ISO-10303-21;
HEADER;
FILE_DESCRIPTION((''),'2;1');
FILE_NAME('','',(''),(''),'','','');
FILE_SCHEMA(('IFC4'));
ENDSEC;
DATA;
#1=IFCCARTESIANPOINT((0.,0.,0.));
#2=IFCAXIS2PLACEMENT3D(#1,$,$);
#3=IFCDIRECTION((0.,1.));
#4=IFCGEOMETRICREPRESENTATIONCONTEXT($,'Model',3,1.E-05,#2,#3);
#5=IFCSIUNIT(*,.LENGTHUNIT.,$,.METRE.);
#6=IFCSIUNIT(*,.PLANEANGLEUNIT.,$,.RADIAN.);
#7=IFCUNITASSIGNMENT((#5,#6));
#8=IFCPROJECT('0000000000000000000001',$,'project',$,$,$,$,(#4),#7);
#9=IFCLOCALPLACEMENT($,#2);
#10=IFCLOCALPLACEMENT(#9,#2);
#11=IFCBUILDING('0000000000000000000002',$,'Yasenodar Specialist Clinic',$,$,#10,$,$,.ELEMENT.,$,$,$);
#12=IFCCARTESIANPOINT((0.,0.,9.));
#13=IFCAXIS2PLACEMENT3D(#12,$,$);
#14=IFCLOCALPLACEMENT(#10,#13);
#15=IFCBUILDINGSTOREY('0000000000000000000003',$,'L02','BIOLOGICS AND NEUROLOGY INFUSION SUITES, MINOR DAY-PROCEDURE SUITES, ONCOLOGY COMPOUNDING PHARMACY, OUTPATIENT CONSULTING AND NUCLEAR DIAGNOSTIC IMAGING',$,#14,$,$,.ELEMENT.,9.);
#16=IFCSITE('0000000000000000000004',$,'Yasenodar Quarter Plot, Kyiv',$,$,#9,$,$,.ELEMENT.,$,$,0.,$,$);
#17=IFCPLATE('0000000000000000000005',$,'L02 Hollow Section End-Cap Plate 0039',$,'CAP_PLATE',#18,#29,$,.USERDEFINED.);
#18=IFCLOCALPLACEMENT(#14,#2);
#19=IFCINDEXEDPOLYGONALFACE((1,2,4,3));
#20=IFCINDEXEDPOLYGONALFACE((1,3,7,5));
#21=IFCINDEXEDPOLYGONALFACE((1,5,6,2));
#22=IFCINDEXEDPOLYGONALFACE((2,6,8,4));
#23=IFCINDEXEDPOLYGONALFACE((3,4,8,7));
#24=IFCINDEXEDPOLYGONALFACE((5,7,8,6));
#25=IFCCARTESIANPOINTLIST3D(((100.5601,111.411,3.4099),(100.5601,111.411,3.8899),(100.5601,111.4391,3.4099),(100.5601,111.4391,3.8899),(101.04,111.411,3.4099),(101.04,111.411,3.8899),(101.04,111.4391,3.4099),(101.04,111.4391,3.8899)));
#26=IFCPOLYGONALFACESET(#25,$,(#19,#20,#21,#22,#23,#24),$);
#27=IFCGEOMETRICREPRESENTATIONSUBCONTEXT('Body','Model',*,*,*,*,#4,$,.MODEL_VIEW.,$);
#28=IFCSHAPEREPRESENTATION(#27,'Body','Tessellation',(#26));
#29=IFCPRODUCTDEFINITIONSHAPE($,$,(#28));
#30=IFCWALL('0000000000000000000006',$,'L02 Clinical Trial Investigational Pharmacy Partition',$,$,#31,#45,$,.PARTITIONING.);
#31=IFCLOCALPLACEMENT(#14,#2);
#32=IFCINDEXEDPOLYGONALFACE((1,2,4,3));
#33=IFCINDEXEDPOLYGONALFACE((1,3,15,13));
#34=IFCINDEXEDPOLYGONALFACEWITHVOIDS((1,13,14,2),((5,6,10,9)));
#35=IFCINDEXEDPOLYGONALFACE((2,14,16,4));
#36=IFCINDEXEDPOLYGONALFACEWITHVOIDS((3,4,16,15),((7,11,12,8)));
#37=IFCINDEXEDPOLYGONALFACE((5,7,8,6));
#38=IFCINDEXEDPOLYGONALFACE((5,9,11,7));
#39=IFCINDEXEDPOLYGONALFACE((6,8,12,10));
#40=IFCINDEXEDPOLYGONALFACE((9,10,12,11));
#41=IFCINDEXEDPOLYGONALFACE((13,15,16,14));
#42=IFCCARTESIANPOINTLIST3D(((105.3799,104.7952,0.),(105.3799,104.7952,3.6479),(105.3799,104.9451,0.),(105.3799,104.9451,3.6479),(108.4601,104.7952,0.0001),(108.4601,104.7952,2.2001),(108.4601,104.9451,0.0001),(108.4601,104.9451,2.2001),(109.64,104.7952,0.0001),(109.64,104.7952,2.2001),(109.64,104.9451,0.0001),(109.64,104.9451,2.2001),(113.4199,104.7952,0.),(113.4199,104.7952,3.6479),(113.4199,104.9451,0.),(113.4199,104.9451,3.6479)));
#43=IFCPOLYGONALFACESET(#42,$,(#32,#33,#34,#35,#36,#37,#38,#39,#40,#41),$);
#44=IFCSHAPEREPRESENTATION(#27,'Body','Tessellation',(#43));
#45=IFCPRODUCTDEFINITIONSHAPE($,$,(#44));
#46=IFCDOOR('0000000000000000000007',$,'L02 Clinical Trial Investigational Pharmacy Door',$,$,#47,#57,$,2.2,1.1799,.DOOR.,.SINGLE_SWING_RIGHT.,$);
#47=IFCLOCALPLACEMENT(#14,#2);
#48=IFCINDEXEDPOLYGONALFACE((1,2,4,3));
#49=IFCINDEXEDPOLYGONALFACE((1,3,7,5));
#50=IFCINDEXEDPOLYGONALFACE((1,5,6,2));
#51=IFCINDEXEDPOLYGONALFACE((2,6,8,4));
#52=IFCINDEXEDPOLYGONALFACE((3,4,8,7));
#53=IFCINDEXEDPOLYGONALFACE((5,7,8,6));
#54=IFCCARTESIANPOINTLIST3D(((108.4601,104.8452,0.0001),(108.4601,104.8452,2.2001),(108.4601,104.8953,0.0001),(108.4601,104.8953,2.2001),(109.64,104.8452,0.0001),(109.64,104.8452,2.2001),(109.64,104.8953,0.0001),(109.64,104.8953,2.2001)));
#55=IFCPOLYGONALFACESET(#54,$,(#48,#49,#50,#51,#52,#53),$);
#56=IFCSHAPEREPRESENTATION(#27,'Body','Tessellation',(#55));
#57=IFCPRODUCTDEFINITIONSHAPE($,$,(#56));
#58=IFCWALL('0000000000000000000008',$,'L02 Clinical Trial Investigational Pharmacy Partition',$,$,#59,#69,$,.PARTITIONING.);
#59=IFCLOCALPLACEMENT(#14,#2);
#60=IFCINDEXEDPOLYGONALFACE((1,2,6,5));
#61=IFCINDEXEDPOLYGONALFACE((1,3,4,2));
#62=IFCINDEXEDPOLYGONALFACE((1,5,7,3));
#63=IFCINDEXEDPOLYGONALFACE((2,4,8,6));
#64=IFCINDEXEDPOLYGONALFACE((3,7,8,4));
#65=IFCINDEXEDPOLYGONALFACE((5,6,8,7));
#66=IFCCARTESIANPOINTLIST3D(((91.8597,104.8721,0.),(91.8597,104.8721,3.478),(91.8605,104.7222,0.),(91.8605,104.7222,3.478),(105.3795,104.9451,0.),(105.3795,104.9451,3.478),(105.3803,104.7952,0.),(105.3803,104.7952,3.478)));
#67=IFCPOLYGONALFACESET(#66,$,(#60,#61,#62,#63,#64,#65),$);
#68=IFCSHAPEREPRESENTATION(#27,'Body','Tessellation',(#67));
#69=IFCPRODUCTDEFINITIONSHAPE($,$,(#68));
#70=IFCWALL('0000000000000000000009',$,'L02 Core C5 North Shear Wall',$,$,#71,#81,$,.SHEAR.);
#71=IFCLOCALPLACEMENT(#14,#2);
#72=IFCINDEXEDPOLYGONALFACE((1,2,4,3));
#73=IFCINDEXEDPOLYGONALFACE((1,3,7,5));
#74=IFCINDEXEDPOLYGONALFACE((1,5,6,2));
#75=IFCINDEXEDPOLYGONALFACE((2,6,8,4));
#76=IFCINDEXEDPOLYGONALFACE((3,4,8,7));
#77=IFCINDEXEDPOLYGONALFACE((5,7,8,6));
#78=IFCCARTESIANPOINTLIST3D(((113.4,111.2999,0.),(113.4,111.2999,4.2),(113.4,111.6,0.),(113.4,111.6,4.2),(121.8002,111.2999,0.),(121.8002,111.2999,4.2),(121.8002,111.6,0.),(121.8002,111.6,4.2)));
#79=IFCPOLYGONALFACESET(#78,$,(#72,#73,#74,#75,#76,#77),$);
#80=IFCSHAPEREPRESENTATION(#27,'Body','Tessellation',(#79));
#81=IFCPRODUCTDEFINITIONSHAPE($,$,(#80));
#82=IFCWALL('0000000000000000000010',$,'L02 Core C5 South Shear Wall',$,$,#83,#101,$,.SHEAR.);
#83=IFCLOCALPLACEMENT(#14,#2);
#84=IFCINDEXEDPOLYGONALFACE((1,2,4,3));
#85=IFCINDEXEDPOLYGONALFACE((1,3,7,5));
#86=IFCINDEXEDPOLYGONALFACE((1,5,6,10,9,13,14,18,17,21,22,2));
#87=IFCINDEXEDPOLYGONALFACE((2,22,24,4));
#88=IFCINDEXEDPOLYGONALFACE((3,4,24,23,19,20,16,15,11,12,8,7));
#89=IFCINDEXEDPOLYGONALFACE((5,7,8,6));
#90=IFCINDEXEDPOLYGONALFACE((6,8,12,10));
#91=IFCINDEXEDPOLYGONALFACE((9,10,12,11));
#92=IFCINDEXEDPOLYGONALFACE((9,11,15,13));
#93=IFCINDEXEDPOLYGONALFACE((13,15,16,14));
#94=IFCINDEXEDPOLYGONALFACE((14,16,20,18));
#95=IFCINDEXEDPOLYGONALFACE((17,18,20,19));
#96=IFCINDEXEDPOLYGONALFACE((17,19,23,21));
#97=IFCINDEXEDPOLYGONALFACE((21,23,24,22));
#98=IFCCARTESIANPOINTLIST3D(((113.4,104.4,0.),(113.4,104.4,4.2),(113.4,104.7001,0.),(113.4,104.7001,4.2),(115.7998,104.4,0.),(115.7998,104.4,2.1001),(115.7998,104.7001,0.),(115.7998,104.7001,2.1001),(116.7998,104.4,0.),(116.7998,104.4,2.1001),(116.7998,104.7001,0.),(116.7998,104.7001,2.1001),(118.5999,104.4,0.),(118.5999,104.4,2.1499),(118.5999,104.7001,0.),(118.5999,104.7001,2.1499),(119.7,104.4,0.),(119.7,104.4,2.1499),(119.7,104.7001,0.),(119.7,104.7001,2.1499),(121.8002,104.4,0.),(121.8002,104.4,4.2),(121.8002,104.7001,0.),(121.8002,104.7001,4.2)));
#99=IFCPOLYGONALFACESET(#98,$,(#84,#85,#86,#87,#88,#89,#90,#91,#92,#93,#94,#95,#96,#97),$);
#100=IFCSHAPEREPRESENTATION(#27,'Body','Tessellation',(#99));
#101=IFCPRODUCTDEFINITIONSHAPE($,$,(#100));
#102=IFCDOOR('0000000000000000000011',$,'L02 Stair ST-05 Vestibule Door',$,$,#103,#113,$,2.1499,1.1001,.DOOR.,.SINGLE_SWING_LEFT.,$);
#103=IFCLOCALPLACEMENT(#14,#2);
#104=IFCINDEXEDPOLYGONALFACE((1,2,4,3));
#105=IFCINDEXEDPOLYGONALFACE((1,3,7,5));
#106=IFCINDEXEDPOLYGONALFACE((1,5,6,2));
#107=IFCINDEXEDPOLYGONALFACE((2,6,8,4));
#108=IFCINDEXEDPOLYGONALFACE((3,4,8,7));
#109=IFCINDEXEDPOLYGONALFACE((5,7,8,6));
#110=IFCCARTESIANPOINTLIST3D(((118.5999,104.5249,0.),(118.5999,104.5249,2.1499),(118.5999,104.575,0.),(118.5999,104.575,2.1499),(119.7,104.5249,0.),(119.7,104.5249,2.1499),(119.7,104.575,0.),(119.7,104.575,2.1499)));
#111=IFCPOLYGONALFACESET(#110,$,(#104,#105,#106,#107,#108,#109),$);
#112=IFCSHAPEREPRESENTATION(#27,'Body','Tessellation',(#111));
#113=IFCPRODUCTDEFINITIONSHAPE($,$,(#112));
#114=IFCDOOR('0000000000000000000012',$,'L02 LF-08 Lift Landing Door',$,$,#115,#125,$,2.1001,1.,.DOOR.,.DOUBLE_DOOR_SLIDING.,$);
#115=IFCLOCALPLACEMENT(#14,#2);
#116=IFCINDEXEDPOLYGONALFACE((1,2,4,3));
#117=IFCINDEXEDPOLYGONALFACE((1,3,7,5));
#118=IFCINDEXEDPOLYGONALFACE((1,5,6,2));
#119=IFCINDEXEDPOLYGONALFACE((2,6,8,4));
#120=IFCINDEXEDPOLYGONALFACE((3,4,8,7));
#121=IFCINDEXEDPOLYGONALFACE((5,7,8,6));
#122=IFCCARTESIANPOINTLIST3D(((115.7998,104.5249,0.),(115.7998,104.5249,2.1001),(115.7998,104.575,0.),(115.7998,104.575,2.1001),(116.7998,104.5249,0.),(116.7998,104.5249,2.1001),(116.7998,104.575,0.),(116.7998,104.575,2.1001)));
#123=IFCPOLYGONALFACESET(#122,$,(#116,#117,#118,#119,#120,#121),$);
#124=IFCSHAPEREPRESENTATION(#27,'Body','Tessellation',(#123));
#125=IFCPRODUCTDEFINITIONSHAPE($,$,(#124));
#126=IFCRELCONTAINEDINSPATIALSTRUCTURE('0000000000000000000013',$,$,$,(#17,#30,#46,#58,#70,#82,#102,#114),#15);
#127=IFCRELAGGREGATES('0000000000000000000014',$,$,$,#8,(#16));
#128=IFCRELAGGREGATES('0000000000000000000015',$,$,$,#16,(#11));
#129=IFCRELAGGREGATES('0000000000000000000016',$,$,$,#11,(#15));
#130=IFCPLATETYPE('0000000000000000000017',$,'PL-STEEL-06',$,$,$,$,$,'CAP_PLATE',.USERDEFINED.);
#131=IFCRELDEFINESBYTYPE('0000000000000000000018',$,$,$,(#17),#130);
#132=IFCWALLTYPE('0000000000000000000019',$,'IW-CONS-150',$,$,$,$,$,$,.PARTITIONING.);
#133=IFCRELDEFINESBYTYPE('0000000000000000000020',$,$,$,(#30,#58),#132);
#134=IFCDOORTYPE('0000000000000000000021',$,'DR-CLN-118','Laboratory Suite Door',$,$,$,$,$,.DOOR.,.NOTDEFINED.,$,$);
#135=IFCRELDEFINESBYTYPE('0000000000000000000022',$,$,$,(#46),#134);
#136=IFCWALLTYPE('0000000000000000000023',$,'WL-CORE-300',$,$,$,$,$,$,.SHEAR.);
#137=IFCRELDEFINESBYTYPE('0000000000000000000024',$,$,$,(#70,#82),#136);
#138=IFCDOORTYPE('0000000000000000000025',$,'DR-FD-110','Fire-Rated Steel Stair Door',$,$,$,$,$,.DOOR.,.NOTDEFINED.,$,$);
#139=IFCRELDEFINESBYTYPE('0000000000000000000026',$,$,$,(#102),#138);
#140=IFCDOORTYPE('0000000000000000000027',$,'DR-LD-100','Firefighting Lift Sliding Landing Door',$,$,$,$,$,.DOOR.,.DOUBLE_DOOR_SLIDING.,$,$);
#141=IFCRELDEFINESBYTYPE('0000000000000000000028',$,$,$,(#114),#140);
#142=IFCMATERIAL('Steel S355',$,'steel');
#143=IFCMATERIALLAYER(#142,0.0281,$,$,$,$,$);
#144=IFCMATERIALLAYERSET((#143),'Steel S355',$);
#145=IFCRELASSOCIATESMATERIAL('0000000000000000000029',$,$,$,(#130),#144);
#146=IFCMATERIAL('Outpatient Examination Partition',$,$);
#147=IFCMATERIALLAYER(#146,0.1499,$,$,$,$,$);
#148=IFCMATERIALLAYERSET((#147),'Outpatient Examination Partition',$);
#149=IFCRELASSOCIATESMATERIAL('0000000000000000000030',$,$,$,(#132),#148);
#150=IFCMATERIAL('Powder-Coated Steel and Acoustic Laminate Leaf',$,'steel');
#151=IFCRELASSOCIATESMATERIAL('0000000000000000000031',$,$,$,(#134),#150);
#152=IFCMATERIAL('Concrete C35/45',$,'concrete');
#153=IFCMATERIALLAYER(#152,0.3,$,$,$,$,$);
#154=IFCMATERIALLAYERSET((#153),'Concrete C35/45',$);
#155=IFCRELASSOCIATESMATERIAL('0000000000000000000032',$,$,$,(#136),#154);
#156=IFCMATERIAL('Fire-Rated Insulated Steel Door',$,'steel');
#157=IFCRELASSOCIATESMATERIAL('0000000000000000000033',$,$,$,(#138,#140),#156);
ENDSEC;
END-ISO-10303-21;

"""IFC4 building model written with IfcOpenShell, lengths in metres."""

from ifc_helpers import new_model, si_unit, direction, frame, frame_2d, origin, origin_2d, place, context, subcontext, project, spatial, rectangle, extrude, material, layer, layer_set, type_object, element, fill, save


model = new_model("IFC4")

# Units and contexts
model_context = context("Model", 3, precision=1e-05, world=origin(), true_north=direction((0.0, 1.0)))
body_context = subcontext(model_context, "Body", "Model", "MODEL_VIEW")
ifc_project = project(units=[si_unit("LENGTHUNIT", "METRE"), si_unit("PLANEANGLEUNIT", "RADIAN")], contexts=[model_context])

# Site, building, storey
site_placement = place(None, origin())
site = spatial("IfcSite", under=ifc_project, at=site_placement, Name="Yasenodar Quarter Plot, Kyiv", CompositionType="ELEMENT", RefElevation=0.0)
building_placement = place(site_placement, origin())
building = spatial("IfcBuilding", under=site, at=building_placement, Name="Yasenodar Specialist Clinic", CompositionType="ELEMENT")
storey_placement = place(building_placement, frame((0.0, 0.0, 9.0)))
storey = spatial("IfcBuildingStorey", under=building, at=storey_placement, Name="L02", Description="BIOLOGICS AND NEUROLOGY INFUSION SUITES, MINOR DAY-PROCEDURE SUITES, ONCOLOGY COMPOUNDING PHARMACY, OUTPATIENT CONSULTING AND NUCLEAR DIAGNOSTIC IMAGING", CompositionType="ELEMENT", Elevation=9.0)

# Shared definitions
ifc_material_1 = material(Name="Steel S355", Category="steel")

# Plate
ifc_layer_1 = layer(ifc_material_1, 0.0281)
ifc_layer_set_1 = layer_set([ifc_layer_1], Name="Steel S355")
plate_type_1 = type_object("IfcPlateType", Name="PL-STEEL-06", ElementType="CAP_PLATE", PredefinedType="USERDEFINED", material=ifc_layer_set_1)
plate_1_placement = place(storey_placement, frame((100.8, 111.425, 3.4099), z_axis=(0.0, 0.0, 1.0), x_axis=(1.0, 0.0, 0.0)))
element("IfcPlate", 1, at=plate_1_placement, inside=storey, type_object=plate_type_1, Name="L02 Hollow Section End-Cap Plate 0039", ObjectType="CAP_PLATE", PredefinedType="USERDEFINED", context=body_context, shape_type="SweptSolid", body=[
    extrude(rectangle(XDim=0.48, YDim=0.0281, at=origin_2d()), origin(), (0.0, 0.0, 1.0), 0.48),
])

# Wall, opening, door
ifc_material_2 = material(Name="Outpatient Examination Partition")
ifc_layer_2 = layer(ifc_material_2, 0.1499)
ifc_layer_set_2 = layer_set([ifc_layer_2], Name="Outpatient Examination Partition")
wall_type_1 = type_object("IfcWallType", Name="IW-CONS-150", PredefinedType="PARTITIONING", material=ifc_layer_set_2)
wall_1_placement = place(storey_placement, frame((113.4199, 104.8701, 0.0), z_axis=(0.0, 0.0, 1.0), x_axis=(-1.0, 0.0, 0.0)))
wall_1 = element("IfcWall", 2, at=wall_1_placement, inside=storey, type_object=wall_type_1, Name="L02 Clinical Trial Investigational Pharmacy Partition", PredefinedType="PARTITIONING", context=body_context, shape_type="SweptSolid", body=[
    extrude(rectangle(XDim=8.04, YDim=0.1499, at=frame_2d((4.02, 0.0))), origin(), (0.0, 0.0, 1.0), 3.6479),
])
opening_1_placement = place(wall_1_placement, frame((3.78, 0.0, 0.0)))
opening_1 = element("IfcOpeningElement", 3, at=opening_1_placement, cuts=wall_1, PredefinedType="OPENING", context=body_context, shape_type="SweptSolid", body=[
    extrude(rectangle(XDim=1.1799, YDim=2.2, at=frame_2d((0.5898, 1.1001))), frame((0.0, 0.085, 0.0), z_axis=(0.0, -1.0, 0.0), x_axis=(1.0, 0.0, 0.0)), (0.0, 0.0, 1.0), 0.1699),
])
ifc_material_3 = material(Name="Powder-Coated Steel and Acoustic Laminate Leaf", Category="steel")
door_type_1 = type_object("IfcDoorType", Name="DR-CLN-118", Description="Laboratory Suite Door", OperationType="NOTDEFINED", PredefinedType="DOOR", material=ifc_material_3)
door_1_placement = place(opening_1_placement, origin())
door_1 = element("IfcDoor", 4, at=door_1_placement, inside=storey, type_object=door_type_1, Name="L02 Clinical Trial Investigational Pharmacy Door", OperationType="SINGLE_SWING_RIGHT", OverallHeight=2.2, OverallWidth=1.1799, PredefinedType="DOOR", context=body_context, shape_type="SweptSolid", body=[
    extrude(rectangle(XDim=1.1799, YDim=2.2, at=frame_2d((0.5898, 1.1001))), frame((0.0, 0.0249, 0.0), z_axis=(0.0, -1.0, 0.0), x_axis=(1.0, 0.0, 0.0)), (0.0, 0.0, 1.0), 0.05),
])
fill(opening_1, door_1)

# Walls
wall_2_placement = place(storey_placement, frame((105.3799, 104.8701, 0.0), z_axis=(0.0, 0.0, 1.0), x_axis=(-0.999985, -0.005399, 0.0)))
element("IfcWall", 5, at=wall_2_placement, inside=storey, type_object=wall_type_1, Name="L02 Clinical Trial Investigational Pharmacy Partition", PredefinedType="PARTITIONING", context=body_context, shape_type="SweptSolid", body=[
    extrude(rectangle(XDim=13.52, YDim=0.1499, at=frame_2d((6.76, 0.0))), origin(), (0.0, 0.0, 1.0), 3.478),
])
ifc_material_4 = material(Name="Concrete C35/45", Category="concrete")
ifc_layer_3 = layer(ifc_material_4, 0.3)
ifc_layer_set_3 = layer_set([ifc_layer_3], Name="Concrete C35/45")
wall_type_2 = type_object("IfcWallType", Name="WL-CORE-300", PredefinedType="SHEAR", material=ifc_layer_set_3)
wall_3_placement = place(storey_placement, frame((113.3999, 111.45, 0.0), z_axis=(0.0, 0.0, 1.0), x_axis=(1.0, 0.0, 0.0)))
element("IfcWall", 6, at=wall_3_placement, inside=storey, type_object=wall_type_2, Name="L02 Core C5 North Shear Wall", PredefinedType="SHEAR", context=body_context, shape_type="SweptSolid", body=[
    extrude(rectangle(XDim=8.4001, YDim=0.3, at=frame_2d((4.2002, 0.0))), origin(), (0.0, 0.0, 1.0), 4.2),
])

# Wall, openings, doors
wall_4_placement = place(storey_placement, frame((113.3999, 104.55, 0.0), z_axis=(0.0, 0.0, 1.0), x_axis=(1.0, 0.0, 0.0)))
wall_4 = element("IfcWall", 7, at=wall_4_placement, inside=storey, type_object=wall_type_2, Name="L02 Core C5 South Shear Wall", PredefinedType="SHEAR", context=body_context, shape_type="SweptSolid", body=[
    extrude(rectangle(XDim=8.4001, YDim=0.3, at=frame_2d((4.2002, 0.0))), origin(), (0.0, 0.0, 1.0), 4.2),
])
opening_2_placement = place(wall_4_placement, frame((5.2, 0.0, 0.0)))
opening_2 = element("IfcOpeningElement", 8, at=opening_2_placement, cuts=wall_4, PredefinedType="OPENING", context=body_context, shape_type="SweptSolid", body=[
    extrude(rectangle(XDim=1.1001, YDim=2.1499, at=frame_2d((0.55, 1.075))), frame((0.0, 0.1602, 0.0), z_axis=(0.0, -1.0, 0.0), x_axis=(1.0, 0.0, 0.0)), (0.0, 0.0, 1.0), 0.3201),
])
opening_3_placement = place(wall_4_placement, frame((2.3999, 0.0, 0.0)))
opening_3 = element("IfcOpeningElement", 9, at=opening_3_placement, cuts=wall_4, PredefinedType="OPENING", context=body_context, shape_type="SweptSolid", body=[
    extrude(rectangle(XDim=1.0, YDim=2.1001, at=frame_2d((0.5, 1.05))), frame((0.0, 0.1602, 0.0), z_axis=(0.0, -1.0, 0.0), x_axis=(1.0, 0.0, 0.0)), (0.0, 0.0, 1.0), 0.3201),
])
ifc_material_5 = material(Name="Fire-Rated Insulated Steel Door", Category="steel")
door_type_2 = type_object("IfcDoorType", Name="DR-FD-110", Description="Fire-Rated Steel Stair Door", OperationType="NOTDEFINED", PredefinedType="DOOR", material=ifc_material_5)
door_2_placement = place(opening_2_placement, origin())
door_2 = element("IfcDoor", 10, at=door_2_placement, inside=storey, type_object=door_type_2, Name="L02 Stair ST-05 Vestibule Door", OperationType="SINGLE_SWING_LEFT", OverallHeight=2.1499, OverallWidth=1.1001, PredefinedType="DOOR", context=body_context, shape_type="SweptSolid", body=[
    extrude(rectangle(XDim=1.1001, YDim=2.1499, at=frame_2d((0.55, 1.075))), frame((0.0, 0.0249, 0.0), z_axis=(0.0, -1.0, 0.0), x_axis=(1.0, 0.0, 0.0)), (0.0, 0.0, 1.0), 0.05),
])
fill(opening_2, door_2)
door_type_3 = type_object("IfcDoorType", Name="DR-LD-100", Description="Firefighting Lift Sliding Landing Door", OperationType="DOUBLE_DOOR_SLIDING", PredefinedType="DOOR", material=ifc_material_5)
door_3_placement = place(opening_3_placement, origin())
door_3 = element("IfcDoor", 11, at=door_3_placement, inside=storey, type_object=door_type_3, Name="L02 LF-08 Lift Landing Door", OperationType="DOUBLE_DOOR_SLIDING", OverallHeight=2.1001, OverallWidth=1.0, PredefinedType="DOOR", context=body_context, shape_type="SweptSolid", body=[
    extrude(rectangle(XDim=1.0, YDim=2.1001, at=frame_2d((0.5, 1.05))), frame((0.0, 0.0249, 0.0), z_axis=(0.0, -1.0, 0.0), x_axis=(1.0, 0.0, 0.0)), (0.0, 0.0, 1.0), 0.05),
])
fill(opening_3, door_3)

save(model, "model.ifc")
